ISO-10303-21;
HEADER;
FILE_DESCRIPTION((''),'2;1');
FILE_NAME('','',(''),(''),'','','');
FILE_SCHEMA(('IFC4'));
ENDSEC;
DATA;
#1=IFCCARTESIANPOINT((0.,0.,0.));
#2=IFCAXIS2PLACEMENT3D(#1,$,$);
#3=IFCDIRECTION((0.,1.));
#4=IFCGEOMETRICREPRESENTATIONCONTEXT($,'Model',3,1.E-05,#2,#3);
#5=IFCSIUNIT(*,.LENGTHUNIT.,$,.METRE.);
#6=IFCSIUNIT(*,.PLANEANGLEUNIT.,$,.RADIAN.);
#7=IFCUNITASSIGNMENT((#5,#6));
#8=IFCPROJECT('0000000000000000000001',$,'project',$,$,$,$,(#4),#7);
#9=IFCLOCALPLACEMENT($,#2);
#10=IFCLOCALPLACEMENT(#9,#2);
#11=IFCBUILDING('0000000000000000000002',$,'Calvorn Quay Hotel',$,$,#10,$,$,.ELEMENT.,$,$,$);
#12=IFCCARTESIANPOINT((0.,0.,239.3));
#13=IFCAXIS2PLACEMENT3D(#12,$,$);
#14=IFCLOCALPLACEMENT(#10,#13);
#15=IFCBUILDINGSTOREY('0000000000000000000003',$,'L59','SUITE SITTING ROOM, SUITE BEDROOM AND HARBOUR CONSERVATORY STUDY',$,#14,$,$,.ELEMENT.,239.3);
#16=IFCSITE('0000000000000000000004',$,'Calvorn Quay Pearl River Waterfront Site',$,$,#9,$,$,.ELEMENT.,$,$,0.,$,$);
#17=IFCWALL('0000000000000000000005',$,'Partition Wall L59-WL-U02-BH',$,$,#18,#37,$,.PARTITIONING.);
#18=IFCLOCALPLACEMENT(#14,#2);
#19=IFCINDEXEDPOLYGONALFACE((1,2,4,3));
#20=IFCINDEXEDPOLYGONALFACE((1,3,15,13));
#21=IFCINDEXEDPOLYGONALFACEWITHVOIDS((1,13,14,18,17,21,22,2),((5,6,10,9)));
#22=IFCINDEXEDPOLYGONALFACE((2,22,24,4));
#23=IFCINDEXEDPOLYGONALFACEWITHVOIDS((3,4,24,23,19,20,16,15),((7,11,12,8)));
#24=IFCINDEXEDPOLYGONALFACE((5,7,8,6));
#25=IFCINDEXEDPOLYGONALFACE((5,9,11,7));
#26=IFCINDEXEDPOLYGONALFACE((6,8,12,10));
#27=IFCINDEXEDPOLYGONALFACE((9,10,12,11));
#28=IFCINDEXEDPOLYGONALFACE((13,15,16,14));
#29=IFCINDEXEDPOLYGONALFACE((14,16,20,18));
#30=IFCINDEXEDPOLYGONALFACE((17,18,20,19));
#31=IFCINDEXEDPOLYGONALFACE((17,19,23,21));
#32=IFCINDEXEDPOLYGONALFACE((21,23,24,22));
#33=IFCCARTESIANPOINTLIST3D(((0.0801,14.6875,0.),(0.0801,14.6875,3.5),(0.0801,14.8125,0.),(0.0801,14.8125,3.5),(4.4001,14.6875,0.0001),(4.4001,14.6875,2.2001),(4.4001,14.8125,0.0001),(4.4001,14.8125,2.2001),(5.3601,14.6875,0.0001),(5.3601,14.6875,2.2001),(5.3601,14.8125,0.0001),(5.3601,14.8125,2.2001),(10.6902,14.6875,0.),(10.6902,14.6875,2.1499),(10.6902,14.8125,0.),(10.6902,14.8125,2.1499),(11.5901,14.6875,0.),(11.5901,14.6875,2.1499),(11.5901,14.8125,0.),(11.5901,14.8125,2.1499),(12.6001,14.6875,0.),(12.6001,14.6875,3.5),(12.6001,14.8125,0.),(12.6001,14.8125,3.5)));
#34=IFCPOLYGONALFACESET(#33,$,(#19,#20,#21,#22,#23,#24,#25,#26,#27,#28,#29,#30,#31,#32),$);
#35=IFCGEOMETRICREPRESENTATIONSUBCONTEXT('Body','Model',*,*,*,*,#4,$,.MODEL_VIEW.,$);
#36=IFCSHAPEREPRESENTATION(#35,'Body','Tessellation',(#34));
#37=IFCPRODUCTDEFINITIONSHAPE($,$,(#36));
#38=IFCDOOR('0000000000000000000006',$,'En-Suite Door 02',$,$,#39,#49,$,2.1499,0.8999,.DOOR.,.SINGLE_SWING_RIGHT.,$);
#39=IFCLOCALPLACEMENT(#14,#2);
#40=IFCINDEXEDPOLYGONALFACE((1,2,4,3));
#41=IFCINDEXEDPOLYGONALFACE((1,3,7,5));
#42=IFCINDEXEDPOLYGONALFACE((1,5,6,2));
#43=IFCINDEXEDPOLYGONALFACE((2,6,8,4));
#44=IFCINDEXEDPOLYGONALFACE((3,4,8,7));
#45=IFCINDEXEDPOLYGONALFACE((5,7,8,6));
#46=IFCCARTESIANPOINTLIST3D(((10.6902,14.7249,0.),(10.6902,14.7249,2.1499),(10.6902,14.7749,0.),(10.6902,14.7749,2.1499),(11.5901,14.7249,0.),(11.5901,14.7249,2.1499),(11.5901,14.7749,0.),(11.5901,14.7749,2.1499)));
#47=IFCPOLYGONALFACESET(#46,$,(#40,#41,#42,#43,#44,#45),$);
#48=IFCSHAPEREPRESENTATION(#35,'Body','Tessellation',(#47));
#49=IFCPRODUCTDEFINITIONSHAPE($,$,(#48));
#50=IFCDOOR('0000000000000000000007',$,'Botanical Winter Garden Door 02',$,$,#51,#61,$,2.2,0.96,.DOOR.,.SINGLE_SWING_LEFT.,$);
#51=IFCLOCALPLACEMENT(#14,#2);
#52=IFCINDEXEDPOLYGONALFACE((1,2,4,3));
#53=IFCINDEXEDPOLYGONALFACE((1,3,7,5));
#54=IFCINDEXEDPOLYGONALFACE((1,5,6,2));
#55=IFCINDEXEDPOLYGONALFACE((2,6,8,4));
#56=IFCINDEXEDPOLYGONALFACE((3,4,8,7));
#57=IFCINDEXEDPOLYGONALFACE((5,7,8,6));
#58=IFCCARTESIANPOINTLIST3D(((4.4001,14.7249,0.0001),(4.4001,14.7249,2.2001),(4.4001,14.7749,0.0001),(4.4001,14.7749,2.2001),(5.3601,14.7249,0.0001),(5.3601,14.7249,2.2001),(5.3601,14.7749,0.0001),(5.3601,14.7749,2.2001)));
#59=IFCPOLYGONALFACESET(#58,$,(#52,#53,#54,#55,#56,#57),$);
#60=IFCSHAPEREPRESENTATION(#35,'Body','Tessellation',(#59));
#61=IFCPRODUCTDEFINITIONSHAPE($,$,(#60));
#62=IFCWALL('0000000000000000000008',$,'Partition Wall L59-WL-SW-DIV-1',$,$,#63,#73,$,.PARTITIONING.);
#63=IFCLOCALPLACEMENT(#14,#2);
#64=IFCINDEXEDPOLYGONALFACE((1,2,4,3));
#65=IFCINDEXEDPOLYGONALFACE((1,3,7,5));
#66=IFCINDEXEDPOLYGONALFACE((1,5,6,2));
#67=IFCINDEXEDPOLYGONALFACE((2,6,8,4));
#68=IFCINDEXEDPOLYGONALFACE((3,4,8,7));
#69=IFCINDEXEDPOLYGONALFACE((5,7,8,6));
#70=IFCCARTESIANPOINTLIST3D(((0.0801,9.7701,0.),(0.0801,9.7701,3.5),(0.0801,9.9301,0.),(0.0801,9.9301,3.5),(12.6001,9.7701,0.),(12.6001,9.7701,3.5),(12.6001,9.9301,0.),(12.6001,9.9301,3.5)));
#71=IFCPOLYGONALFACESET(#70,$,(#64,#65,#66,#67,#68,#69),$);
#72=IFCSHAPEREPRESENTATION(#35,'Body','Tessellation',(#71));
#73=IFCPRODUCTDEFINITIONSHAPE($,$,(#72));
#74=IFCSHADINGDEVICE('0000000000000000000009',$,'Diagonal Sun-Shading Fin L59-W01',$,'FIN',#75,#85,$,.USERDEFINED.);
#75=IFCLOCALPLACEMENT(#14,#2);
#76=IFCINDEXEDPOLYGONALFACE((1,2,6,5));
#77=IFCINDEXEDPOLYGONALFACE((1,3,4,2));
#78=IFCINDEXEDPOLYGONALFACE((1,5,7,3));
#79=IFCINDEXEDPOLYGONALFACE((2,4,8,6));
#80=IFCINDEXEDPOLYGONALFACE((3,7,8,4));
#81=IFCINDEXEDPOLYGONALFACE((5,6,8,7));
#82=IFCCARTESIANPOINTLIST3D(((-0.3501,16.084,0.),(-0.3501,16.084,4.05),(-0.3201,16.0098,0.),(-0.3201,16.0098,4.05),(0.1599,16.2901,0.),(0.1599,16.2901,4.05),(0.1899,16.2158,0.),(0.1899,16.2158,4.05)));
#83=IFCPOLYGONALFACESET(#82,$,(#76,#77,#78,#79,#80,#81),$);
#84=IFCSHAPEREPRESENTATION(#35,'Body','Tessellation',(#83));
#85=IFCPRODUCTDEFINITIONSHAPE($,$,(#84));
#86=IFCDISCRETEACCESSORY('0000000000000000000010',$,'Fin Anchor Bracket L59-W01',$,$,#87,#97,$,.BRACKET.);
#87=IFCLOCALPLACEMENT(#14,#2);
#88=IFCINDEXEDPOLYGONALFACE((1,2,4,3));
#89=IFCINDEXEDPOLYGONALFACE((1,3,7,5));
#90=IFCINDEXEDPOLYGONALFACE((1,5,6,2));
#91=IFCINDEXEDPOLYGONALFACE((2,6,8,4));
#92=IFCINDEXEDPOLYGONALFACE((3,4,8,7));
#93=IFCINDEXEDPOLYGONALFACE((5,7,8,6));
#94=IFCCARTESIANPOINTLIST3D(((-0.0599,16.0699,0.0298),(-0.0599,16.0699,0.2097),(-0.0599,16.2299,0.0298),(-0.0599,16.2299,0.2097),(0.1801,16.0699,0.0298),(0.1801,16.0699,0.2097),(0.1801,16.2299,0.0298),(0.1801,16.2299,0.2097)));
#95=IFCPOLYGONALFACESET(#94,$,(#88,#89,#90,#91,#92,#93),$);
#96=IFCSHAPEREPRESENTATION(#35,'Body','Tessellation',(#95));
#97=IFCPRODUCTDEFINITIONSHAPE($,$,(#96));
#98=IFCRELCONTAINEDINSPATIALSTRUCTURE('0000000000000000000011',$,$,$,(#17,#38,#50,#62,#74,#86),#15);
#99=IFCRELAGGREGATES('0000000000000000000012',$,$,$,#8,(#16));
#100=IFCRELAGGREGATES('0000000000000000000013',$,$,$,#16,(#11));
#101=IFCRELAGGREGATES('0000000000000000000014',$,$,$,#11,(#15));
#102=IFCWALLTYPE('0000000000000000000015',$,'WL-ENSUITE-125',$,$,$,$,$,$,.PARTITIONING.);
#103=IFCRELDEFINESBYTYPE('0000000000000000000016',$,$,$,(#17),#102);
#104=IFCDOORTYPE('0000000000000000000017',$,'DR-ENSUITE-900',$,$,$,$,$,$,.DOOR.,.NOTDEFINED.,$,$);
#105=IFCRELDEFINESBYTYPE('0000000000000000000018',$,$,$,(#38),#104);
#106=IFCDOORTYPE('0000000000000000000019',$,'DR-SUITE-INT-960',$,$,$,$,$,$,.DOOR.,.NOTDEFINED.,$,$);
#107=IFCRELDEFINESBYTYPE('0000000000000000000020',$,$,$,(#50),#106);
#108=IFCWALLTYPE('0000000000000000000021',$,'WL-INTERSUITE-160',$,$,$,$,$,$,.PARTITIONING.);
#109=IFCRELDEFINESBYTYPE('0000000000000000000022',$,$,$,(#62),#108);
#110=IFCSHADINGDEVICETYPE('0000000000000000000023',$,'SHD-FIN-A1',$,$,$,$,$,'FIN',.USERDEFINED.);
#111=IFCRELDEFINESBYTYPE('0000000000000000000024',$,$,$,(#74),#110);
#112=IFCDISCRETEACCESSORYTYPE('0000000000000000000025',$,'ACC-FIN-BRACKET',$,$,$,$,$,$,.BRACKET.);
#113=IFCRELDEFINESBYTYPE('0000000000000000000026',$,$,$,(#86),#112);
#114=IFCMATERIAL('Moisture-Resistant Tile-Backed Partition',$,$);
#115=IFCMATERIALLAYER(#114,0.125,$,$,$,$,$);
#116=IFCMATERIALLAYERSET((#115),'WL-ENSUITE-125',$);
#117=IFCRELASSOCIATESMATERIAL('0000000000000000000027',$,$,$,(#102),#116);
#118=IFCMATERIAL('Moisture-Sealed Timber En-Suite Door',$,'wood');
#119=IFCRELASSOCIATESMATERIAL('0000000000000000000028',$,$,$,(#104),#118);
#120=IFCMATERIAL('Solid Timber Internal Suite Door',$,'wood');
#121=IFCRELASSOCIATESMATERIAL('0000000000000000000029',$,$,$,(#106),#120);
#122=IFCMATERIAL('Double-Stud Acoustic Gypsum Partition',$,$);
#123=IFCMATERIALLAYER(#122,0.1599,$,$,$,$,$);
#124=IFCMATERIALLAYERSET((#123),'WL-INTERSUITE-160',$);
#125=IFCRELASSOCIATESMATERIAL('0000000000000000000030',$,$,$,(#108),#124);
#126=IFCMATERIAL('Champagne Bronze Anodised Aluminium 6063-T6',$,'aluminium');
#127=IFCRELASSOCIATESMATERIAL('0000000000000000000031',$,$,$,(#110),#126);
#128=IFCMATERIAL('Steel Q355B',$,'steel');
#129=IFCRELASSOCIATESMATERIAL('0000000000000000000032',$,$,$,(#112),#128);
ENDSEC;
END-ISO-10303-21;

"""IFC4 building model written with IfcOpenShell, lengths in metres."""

from ifc_helpers import new_model, si_unit, direction, frame, frame_2d, origin, origin_2d, place, context, subcontext, project, spatial, rectangle, extrude, material, layer, layer_set, type_object, element, fill, save


model = new_model("IFC4")

# Units and contexts
model_context = context("Model", 3, precision=1e-05, world=origin(), true_north=direction((0.0, 1.0)))
body_context = subcontext(model_context, "Body", "Model", "MODEL_VIEW")
ifc_project = project(units=[si_unit("LENGTHUNIT", "METRE"), si_unit("PLANEANGLEUNIT", "RADIAN")], contexts=[model_context])

# Site, building, storey
site_placement = place(None, origin())
site = spatial("IfcSite", under=ifc_project, at=site_placement, Name="Calvorn Quay Pearl River Waterfront Site", CompositionType="ELEMENT", RefElevation=0.0)
building_placement = place(site_placement, origin())
building = spatial("IfcBuilding", under=site, at=building_placement, Name="Calvorn Quay Hotel", CompositionType="ELEMENT")
storey_placement = place(building_placement, frame((0.0, 0.0, 239.3)))
storey = spatial("IfcBuildingStorey", under=building, at=storey_placement, Name="L59", Description="SUITE SITTING ROOM, SUITE BEDROOM AND HARBOUR CONSERVATORY STUDY", CompositionType="ELEMENT", Elevation=239.3)

# Wall, openings, doors
ifc_material_1 = material(Name="Moisture-Resistant Tile-Backed Partition")
ifc_layer_1 = layer(ifc_material_1, 0.125)
ifc_layer_set_1 = layer_set([ifc_layer_1], Name="WL-ENSUITE-125")
wall_type_1 = type_object("IfcWallType", Name="WL-ENSUITE-125", PredefinedType="PARTITIONING", material=ifc_layer_set_1)
wall_1_placement = place(storey_placement, frame((0.0801, 14.75, 0.0), z_axis=(0.0, 0.0, 1.0), x_axis=(1.0, 0.0, 0.0)))
wall_1 = element("IfcWall", 1, at=wall_1_placement, inside=storey, type_object=wall_type_1, Name="Partition Wall L59-WL-U02-BH", PredefinedType="PARTITIONING", context=body_context, shape_type="SweptSolid", body=[
    extrude(rectangle(XDim=12.52, YDim=0.125, at=frame_2d((6.26, 0.0))), origin(), (0.0, 0.0, 1.0), 3.5),
])
opening_1_placement = place(wall_1_placement, frame((4.3201, 0.0, 0.0)))
opening_1 = element("IfcOpeningElement", 2, at=opening_1_placement, cuts=wall_1, PredefinedType="OPENING", context=body_context, shape_type="SweptSolid", body=[
    extrude(rectangle(XDim=0.96, YDim=2.2, at=frame_2d((0.48, 1.1001))), frame((0.0, 0.0725, 0.0), z_axis=(0.0, -1.0, 0.0), x_axis=(1.0, 0.0, 0.0)), (0.0, 0.0, 1.0), 0.145),
])
opening_2_placement = place(wall_1_placement, frame((10.6101, 0.0, 0.0)))
opening_2 = element("IfcOpeningElement", 3, at=opening_2_placement, cuts=wall_1, PredefinedType="OPENING", context=body_context, shape_type="SweptSolid", body=[
    extrude(rectangle(XDim=0.8999, YDim=2.1499, at=frame_2d((0.45, 1.075))), frame((0.0, 0.0725, 0.0), z_axis=(0.0, -1.0, 0.0), x_axis=(1.0, 0.0, 0.0)), (0.0, 0.0, 1.0), 0.145),
])
ifc_material_2 = material(Name="Moisture-Sealed Timber En-Suite Door", Category="wood")
door_type_1 = type_object("IfcDoorType", Name="DR-ENSUITE-900", OperationType="NOTDEFINED", PredefinedType="DOOR", material=ifc_material_2)
door_1_placement = place(opening_2_placement, origin())
door_1 = element("IfcDoor", 4, at=door_1_placement, inside=storey, type_object=door_type_1, Name="En-Suite Door 02", OperationType="SINGLE_SWING_RIGHT", OverallHeight=2.1499, OverallWidth=0.8999, PredefinedType="DOOR", context=body_context, shape_type="SweptSolid", body=[
    extrude(rectangle(XDim=0.8999, YDim=2.1499, at=frame_2d((0.45, 1.075))), frame((0.0, 0.0249, 0.0), z_axis=(0.0, -1.0, 0.0), x_axis=(1.0, 0.0, 0.0)), (0.0, 0.0, 1.0), 0.05),
])
fill(opening_2, door_1)
ifc_material_3 = material(Name="Solid Timber Internal Suite Door", Category="wood")
door_type_2 = type_object("IfcDoorType", Name="DR-SUITE-INT-960", OperationType="NOTDEFINED", PredefinedType="DOOR", material=ifc_material_3)
door_2_placement = place(opening_1_placement, origin())
door_2 = element("IfcDoor", 5, at=door_2_placement, inside=storey, type_object=door_type_2, Name="Botanical Winter Garden Door 02", OperationType="SINGLE_SWING_LEFT", OverallHeight=2.2, OverallWidth=0.96, PredefinedType="DOOR", context=body_context, shape_type="SweptSolid", body=[
    extrude(rectangle(XDim=0.96, YDim=2.2, at=frame_2d((0.48, 1.1001))), frame((0.0, 0.0249, 0.0), z_axis=(0.0, -1.0, 0.0), x_axis=(1.0, 0.0, 0.0)), (0.0, 0.0, 1.0), 0.05),
])
fill(opening_1, door_2)

# Wall
ifc_material_4 = material(Name="Double-Stud Acoustic Gypsum Partition")
ifc_layer_2 = layer(ifc_material_4, 0.1599)
ifc_layer_set_2 = layer_set([ifc_layer_2], Name="WL-INTERSUITE-160")
wall_type_2 = type_object("IfcWallType", Name="WL-INTERSUITE-160", PredefinedType="PARTITIONING", material=ifc_layer_set_2)
wall_2_placement = place(storey_placement, frame((0.0801, 9.8501, 0.0), z_axis=(0.0, 0.0, 1.0), x_axis=(1.0, 0.0, 0.0)))
element("IfcWall", 6, at=wall_2_placement, inside=storey, type_object=wall_type_2, Name="Partition Wall L59-WL-SW-DIV-1", PredefinedType="PARTITIONING", context=body_context, shape_type="SweptSolid", body=[
    extrude(rectangle(XDim=12.52, YDim=0.1599, at=frame_2d((6.26, 0.0))), origin(), (0.0, 0.0, 1.0), 3.5),
])

# Shading device
ifc_material_5 = material(Name="Champagne Bronze Anodised Aluminium 6063-T6", Category="aluminium")
shading_device_type = type_object("IfcShadingDeviceType", Name="SHD-FIN-A1", ElementType="FIN", PredefinedType="USERDEFINED", material=ifc_material_5)
shading_device_placement = place(storey_placement, frame((-0.0801, 16.1499, 0.0), z_axis=(0.0, 0.0, 1.0), x_axis=(0.927184, 0.374607, 0.0)))
element("IfcShadingDevice", 7, at=shading_device_placement, inside=storey, type_object=shading_device_type, Name="Diagonal Sun-Shading Fin L59-W01", ObjectType="FIN", PredefinedType="USERDEFINED", context=body_context, shape_type="SweptSolid", body=[
    extrude(rectangle(XDim=0.55, YDim=0.0801, at=origin_2d()), origin(), (0.0, 0.0, 1.0), 4.05),
])

# Discrete accessory
ifc_material_6 = material(Name="Steel Q355B", Category="steel")
discrete_accessory_type = type_object("IfcDiscreteAccessoryType", Name="ACC-FIN-BRACKET", PredefinedType="BRACKET", material=ifc_material_6)
discrete_accessory_placement = place(storey_placement, frame((0.0601, 16.1499, 0.0298), z_axis=(0.0, 0.0, 1.0), x_axis=(1.0, 0.0, 0.0)))
element("IfcDiscreteAccessory", 8, at=discrete_accessory_placement, inside=storey, type_object=discrete_accessory_type, Name="Fin Anchor Bracket L59-W01", PredefinedType="BRACKET", context=body_context, shape_type="SweptSolid", body=[
    extrude(rectangle(XDim=0.24, YDim=0.1599, at=origin_2d()), origin(), (0.0, 0.0, 1.0), 0.1799),
])

save(model, "model.ifc")
